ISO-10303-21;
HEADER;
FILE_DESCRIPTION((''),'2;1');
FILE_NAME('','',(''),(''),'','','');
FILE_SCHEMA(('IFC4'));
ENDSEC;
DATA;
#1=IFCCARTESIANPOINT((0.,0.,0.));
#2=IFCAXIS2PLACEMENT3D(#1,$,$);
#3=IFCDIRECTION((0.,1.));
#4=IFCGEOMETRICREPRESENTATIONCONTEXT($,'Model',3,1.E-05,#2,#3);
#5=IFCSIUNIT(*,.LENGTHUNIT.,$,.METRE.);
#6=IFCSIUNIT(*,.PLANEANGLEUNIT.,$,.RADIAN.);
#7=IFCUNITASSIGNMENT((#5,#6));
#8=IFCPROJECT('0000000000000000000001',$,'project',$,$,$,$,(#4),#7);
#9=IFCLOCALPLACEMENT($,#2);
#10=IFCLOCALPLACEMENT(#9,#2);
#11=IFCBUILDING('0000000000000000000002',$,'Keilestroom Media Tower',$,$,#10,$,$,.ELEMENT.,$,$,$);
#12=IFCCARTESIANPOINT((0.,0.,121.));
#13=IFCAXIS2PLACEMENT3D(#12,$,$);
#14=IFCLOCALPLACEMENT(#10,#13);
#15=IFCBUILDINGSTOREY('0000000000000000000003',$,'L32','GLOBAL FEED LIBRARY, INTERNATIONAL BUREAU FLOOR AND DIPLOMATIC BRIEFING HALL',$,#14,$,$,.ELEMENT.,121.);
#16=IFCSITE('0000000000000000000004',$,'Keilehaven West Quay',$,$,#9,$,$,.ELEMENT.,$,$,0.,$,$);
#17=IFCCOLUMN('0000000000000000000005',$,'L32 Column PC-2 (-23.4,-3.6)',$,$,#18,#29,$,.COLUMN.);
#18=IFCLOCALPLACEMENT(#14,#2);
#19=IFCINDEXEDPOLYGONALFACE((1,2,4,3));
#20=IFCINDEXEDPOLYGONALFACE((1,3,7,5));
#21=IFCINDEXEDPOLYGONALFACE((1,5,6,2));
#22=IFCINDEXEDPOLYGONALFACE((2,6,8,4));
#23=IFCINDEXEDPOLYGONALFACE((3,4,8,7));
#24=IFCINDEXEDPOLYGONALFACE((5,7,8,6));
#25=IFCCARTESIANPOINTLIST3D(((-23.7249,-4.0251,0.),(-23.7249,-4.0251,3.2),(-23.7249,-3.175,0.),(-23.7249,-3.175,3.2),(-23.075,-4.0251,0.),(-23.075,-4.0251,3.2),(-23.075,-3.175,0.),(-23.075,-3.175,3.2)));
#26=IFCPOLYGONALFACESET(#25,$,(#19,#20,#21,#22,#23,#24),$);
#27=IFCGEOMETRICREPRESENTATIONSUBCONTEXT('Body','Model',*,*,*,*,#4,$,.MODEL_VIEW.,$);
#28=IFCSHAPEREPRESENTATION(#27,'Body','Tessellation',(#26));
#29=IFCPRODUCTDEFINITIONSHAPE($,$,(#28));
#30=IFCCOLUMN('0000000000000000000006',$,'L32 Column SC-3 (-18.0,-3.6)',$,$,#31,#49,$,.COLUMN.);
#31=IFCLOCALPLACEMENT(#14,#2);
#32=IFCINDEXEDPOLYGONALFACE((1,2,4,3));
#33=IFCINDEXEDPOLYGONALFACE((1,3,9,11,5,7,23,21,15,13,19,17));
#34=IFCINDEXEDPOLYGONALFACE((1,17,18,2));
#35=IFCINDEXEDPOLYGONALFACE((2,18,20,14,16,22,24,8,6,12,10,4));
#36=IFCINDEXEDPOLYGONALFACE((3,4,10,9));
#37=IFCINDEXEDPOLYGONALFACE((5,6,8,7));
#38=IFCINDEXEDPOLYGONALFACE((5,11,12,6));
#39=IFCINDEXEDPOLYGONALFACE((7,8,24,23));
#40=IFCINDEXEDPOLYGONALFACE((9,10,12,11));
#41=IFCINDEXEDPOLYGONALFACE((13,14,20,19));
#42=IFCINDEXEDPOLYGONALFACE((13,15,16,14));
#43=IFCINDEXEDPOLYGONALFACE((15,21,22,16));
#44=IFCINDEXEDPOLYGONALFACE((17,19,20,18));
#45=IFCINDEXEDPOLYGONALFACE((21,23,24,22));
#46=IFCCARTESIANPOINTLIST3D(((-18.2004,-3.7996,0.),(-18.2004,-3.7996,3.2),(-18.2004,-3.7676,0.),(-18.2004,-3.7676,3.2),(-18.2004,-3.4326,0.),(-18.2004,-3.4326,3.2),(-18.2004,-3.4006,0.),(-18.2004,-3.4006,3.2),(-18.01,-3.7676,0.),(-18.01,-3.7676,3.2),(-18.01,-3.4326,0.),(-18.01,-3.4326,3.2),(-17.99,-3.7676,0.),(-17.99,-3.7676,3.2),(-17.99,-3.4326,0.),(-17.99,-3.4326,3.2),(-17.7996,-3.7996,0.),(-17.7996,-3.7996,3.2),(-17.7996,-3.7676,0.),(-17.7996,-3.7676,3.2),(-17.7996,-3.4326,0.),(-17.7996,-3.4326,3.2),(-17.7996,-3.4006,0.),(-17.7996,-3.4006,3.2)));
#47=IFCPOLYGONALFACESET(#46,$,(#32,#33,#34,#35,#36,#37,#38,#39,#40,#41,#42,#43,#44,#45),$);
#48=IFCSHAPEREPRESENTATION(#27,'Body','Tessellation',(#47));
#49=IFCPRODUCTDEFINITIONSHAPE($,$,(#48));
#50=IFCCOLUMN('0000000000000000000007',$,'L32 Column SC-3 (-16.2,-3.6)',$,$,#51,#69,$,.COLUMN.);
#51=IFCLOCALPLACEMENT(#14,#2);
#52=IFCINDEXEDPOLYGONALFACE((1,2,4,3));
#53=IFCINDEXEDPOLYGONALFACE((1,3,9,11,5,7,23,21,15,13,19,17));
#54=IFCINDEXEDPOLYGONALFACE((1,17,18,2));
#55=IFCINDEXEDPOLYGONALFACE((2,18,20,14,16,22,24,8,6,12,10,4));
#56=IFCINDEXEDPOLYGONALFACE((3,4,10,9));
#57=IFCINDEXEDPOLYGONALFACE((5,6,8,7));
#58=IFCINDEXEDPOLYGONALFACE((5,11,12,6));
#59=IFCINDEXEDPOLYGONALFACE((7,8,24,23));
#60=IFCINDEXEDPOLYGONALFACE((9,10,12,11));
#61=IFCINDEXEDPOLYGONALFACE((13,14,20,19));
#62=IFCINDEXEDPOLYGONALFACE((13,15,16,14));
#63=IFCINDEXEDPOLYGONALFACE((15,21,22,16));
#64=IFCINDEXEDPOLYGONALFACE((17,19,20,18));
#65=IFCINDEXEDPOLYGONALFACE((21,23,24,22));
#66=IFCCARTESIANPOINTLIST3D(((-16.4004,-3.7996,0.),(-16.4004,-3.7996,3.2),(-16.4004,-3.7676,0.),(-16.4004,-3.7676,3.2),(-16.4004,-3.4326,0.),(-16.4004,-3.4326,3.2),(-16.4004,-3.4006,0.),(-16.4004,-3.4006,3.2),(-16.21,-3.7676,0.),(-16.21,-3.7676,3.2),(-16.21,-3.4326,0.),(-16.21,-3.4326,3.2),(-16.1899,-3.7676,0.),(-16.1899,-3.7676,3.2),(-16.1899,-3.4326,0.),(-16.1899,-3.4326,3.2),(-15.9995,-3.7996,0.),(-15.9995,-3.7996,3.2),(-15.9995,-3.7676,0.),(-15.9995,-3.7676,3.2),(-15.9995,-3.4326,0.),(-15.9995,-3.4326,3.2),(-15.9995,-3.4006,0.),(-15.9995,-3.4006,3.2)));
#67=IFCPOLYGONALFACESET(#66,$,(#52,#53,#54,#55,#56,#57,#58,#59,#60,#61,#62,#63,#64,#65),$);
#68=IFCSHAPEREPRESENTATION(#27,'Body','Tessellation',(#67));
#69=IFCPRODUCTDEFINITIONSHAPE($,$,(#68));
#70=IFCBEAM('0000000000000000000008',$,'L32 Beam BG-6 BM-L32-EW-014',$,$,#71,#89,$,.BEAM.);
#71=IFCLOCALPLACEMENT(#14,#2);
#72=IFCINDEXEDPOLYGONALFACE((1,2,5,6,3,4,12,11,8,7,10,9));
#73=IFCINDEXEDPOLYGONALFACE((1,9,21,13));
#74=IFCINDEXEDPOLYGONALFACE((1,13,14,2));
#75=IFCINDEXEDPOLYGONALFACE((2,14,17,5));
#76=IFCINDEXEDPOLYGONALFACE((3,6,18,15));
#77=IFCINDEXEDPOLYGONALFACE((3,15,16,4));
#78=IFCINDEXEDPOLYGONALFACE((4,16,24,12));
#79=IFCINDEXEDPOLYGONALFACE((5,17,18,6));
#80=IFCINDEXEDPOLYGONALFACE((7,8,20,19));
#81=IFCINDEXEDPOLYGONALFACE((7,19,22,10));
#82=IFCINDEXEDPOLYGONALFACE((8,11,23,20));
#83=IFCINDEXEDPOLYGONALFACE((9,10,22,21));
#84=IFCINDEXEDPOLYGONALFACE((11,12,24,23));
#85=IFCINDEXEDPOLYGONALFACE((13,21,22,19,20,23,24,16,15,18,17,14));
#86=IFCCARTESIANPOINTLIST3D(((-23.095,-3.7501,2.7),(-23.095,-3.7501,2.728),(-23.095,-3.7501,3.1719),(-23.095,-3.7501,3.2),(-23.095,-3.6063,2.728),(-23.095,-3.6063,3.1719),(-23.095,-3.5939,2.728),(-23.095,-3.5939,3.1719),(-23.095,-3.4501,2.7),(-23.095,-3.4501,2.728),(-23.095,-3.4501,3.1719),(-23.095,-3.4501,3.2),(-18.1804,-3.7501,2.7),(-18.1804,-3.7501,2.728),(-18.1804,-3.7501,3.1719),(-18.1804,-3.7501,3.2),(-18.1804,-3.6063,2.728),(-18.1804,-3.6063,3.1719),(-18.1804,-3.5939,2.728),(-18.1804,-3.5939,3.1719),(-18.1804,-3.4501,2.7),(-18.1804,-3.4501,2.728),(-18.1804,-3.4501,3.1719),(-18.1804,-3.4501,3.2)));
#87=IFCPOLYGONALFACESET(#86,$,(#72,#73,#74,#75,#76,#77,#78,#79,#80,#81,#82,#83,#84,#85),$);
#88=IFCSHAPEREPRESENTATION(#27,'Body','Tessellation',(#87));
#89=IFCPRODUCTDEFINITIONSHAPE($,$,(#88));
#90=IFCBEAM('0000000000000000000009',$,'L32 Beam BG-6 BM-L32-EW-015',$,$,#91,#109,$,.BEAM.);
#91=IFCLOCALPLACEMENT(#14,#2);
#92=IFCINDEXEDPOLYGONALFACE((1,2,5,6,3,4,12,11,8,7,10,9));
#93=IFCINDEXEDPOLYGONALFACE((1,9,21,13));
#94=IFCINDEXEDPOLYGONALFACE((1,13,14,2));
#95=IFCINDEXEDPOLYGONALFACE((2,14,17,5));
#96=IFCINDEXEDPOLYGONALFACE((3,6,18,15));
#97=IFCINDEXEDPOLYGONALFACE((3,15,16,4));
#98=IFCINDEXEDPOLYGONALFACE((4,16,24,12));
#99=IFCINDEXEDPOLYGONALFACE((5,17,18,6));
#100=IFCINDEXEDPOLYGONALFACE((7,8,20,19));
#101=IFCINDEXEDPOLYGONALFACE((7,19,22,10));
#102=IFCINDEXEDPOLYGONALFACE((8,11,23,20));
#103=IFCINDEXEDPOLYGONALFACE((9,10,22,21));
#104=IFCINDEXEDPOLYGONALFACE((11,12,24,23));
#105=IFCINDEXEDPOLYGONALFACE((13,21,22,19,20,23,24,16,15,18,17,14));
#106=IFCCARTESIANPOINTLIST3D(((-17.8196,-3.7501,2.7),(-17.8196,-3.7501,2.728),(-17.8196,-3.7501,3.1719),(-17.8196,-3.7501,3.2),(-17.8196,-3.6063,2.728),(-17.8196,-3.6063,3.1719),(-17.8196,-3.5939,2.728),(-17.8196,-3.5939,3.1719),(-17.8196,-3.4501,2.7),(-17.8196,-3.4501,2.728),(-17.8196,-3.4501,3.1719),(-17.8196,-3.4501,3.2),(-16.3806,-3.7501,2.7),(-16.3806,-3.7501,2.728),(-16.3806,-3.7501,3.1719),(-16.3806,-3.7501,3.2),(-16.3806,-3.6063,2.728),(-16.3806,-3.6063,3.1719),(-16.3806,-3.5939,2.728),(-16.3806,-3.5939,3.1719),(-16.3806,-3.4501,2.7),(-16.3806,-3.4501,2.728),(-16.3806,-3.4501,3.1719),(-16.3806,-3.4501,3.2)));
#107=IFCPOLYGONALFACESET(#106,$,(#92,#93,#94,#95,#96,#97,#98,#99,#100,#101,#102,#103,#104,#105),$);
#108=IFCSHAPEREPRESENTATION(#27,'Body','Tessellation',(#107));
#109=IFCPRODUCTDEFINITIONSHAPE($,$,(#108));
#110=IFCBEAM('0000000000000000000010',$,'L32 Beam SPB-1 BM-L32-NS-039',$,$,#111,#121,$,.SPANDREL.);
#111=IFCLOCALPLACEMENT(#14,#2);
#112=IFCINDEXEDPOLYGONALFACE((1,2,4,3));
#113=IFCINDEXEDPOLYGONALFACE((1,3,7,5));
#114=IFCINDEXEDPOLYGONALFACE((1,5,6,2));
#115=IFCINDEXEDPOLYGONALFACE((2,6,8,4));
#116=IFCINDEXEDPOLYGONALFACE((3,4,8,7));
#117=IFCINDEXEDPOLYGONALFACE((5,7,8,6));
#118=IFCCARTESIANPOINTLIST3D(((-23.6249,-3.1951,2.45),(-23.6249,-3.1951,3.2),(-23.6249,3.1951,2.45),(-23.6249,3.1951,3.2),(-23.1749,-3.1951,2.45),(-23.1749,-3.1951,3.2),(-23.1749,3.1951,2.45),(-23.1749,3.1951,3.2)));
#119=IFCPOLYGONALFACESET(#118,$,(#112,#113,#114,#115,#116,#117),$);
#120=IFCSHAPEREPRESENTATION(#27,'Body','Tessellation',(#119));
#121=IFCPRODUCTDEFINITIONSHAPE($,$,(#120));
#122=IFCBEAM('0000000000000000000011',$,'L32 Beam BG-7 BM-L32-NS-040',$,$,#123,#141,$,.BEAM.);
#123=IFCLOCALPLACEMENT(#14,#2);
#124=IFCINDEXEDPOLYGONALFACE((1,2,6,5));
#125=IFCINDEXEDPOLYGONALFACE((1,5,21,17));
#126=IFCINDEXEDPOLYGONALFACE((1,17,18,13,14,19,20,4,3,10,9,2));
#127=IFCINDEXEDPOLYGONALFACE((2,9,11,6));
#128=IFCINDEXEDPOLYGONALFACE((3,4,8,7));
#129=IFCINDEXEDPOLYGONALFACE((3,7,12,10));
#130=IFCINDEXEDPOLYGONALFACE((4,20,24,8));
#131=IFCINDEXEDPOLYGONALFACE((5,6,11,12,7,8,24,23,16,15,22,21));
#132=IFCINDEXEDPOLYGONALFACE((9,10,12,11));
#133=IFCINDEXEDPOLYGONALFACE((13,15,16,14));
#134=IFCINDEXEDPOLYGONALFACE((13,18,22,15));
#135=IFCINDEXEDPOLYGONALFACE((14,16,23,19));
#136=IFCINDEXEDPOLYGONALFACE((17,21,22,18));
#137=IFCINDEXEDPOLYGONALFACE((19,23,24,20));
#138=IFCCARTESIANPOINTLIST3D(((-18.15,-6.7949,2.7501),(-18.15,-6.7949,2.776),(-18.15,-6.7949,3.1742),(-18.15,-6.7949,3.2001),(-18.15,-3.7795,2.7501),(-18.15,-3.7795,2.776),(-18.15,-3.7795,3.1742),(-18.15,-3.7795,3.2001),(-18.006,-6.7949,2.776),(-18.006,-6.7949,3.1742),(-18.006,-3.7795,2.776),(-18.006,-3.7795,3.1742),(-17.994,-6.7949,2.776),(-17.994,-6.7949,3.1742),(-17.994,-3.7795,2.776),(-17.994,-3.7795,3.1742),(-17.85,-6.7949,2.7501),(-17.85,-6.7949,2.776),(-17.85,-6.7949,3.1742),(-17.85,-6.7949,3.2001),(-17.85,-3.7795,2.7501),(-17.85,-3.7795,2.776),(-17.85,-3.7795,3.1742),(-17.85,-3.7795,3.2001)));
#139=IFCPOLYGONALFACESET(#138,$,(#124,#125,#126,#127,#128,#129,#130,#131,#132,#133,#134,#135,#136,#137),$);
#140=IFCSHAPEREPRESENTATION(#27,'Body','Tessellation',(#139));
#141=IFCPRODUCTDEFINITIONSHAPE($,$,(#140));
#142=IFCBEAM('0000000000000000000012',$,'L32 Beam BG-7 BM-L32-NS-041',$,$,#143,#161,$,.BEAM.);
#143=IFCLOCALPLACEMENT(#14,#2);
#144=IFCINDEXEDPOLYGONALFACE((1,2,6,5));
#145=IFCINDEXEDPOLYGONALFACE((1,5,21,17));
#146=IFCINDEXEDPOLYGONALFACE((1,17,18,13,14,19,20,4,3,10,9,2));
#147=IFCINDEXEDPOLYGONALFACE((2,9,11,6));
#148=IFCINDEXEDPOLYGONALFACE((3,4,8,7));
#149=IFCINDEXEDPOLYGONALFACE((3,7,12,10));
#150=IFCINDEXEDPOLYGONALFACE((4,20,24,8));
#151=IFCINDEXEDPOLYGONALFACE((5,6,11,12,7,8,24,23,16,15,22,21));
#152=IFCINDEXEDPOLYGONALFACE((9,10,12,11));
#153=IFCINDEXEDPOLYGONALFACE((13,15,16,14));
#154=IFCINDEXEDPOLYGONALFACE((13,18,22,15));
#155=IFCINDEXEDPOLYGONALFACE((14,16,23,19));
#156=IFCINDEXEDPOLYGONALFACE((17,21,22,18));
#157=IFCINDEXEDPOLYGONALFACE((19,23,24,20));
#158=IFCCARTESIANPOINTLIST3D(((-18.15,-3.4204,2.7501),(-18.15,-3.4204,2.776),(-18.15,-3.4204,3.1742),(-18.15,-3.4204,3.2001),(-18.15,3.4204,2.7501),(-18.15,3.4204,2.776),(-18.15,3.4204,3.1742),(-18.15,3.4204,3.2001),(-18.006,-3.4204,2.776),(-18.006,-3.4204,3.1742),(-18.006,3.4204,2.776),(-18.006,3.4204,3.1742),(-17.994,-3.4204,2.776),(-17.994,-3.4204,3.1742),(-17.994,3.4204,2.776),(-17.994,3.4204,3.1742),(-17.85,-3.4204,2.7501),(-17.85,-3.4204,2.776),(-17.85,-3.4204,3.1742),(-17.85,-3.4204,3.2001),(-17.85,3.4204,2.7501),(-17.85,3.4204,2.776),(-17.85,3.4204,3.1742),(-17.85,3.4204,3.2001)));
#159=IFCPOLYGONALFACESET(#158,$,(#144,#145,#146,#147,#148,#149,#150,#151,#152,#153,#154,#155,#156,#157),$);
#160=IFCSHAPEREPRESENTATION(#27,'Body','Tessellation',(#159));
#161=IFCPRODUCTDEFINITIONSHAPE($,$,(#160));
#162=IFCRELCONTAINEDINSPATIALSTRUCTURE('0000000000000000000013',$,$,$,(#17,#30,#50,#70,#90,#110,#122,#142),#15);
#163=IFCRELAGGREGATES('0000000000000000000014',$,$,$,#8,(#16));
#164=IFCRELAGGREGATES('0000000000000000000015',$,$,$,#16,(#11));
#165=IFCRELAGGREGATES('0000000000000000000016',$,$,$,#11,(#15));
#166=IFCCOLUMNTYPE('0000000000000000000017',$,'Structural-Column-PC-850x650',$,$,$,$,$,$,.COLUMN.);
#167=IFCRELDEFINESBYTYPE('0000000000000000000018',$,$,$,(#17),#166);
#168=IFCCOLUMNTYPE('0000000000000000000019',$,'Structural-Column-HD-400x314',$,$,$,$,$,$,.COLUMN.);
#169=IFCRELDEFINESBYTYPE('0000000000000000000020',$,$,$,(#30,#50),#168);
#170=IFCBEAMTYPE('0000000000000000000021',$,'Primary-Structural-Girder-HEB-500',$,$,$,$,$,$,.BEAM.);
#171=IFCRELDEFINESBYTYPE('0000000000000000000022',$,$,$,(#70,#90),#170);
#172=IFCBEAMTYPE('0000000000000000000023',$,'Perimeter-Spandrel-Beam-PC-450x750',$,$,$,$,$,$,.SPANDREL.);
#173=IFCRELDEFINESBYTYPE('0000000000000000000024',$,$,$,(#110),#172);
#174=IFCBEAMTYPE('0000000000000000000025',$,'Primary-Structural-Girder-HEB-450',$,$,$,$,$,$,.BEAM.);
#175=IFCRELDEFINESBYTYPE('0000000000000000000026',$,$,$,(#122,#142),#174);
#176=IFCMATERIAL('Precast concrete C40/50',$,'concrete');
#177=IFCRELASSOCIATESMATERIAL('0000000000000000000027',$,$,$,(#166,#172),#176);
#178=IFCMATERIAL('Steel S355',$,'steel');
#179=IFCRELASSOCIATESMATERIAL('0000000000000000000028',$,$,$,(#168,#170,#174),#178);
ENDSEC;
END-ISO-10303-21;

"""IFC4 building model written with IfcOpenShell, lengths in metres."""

from ifc_helpers import new_model, si_unit, direction, frame, origin, origin_2d, place, context, subcontext, project, spatial, rectangle, i_section, extrude, source, transform, mapped, material, material_profile, profile_set, type_object, element, save


model = new_model("IFC4")

# Units and contexts
model_context = context("Model", 3, precision=1e-05, world=origin(), true_north=direction((0.0, 1.0)))
body_context = subcontext(model_context, "Body", "Model", "MODEL_VIEW")
ifc_project = project(units=[si_unit("LENGTHUNIT", "METRE"), si_unit("PLANEANGLEUNIT", "RADIAN")], contexts=[model_context])

# Site, building, storey
site_placement = place(None, origin())
site = spatial("IfcSite", under=ifc_project, at=site_placement, Name="Keilehaven West Quay", CompositionType="ELEMENT", RefElevation=0.0)
building_placement = place(site_placement, origin())
building = spatial("IfcBuilding", under=site, at=building_placement, Name="Keilestroom Media Tower", CompositionType="ELEMENT")
storey_placement = place(building_placement, frame((0.0, 0.0, 121.0)))
storey = spatial("IfcBuildingStorey", under=building, at=storey_placement, Name="L32", Description="GLOBAL FEED LIBRARY, INTERNATIONAL BUREAU FLOOR AND DIPLOMATIC BRIEFING HALL", CompositionType="ELEMENT", Elevation=121.0)

# Columns
ifc_material_1 = material(Name="Precast concrete C40/50", Category="concrete")
ifc_material_profile_1 = material_profile(ifc_material_1, rectangle(XDim=0.6499, YDim=0.8501, at=origin_2d()), Name="PC 850x650")
ifc_profile_set_1 = profile_set([ifc_material_profile_1], Name="Precast concrete C40/50")
column_type_1 = type_object("IfcColumnType", Name="Structural-Column-PC-850x650", PredefinedType="COLUMN", material=ifc_profile_set_1)
shared_shape_1 = source(origin(), body_context, "Body", "SweptSolid", [
    extrude(rectangle(XDim=0.6499, YDim=0.8501, at=origin_2d()), origin(), (0.0, 0.0, 1.0), 3.2),
])
column_placement = place(storey_placement, frame((-23.3999, -3.6001, 0.0), z_axis=(0.0, 0.0, 1.0), x_axis=(1.0, 0.0, 0.0)))
element("IfcColumn", 1, at=column_placement, inside=storey, type_object=column_type_1, Name="L32 Column PC-2 (-23.4,-3.6)", PredefinedType="COLUMN", context=body_context, shape_type="MappedRepresentation", body=[
    mapped(shared_shape_1, transform((0.0, 0.0, 0.0), x_axis=(1.0, 0.0, 0.0), y_axis=(0.0, 1.0, 0.0), z_axis=(0.0, 0.0, 1.0), scale=1.0)),
])
ifc_material_2 = material(Name="Steel S355", Category="steel")
ifc_material_profile_2 = material_profile(ifc_material_2, i_section(OverallWidth=0.4009, OverallDepth=0.3989, WebThickness=0.02, FlangeThickness=0.032, at=origin_2d()), Name="HD 400x314")
ifc_profile_set_2 = profile_set([ifc_material_profile_2], Name="Steel S355")
column_type_2 = type_object("IfcColumnType", Name="Structural-Column-HD-400x314", PredefinedType="COLUMN", material=ifc_profile_set_2)
shared_shape_2 = source(origin(), body_context, "Body", "SweptSolid", [
    extrude(i_section(OverallWidth=0.4009, OverallDepth=0.3989, WebThickness=0.02, FlangeThickness=0.032, at=origin_2d()), origin(), (0.0, 0.0, 1.0), 3.2),
])
for number, where, z_axis, x_axis, name in (
    (2, (-18.0, -3.6001, 0.0), (0.0, 0.0, 1.0), (1.0, 0.0, 0.0), "L32 Column SC-3 (-18.0,-3.6)"),
    (3, (-16.2, -3.6001, 0.0), (0.0, 0.0, 1.0), (1.0, 0.0, 0.0), "L32 Column SC-3 (-16.2,-3.6)"),
):
    element("IfcColumn", number, at=place(storey_placement, frame(where, z_axis=z_axis, x_axis=x_axis)), inside=storey, type_object=column_type_2, Name=name, PredefinedType="COLUMN", context=body_context, shape_type="MappedRepresentation", body=[
        mapped(shared_shape_2, transform((0.0, 0.0, 0.0), x_axis=(1.0, 0.0, 0.0), y_axis=(0.0, 1.0, 0.0), z_axis=(0.0, 0.0, 1.0), scale=1.0)),
    ])

# Beams
ifc_material_profile_3 = material_profile(ifc_material_2, i_section(OverallWidth=0.3, OverallDepth=0.5, WebThickness=0.0125, FlangeThickness=0.0281, at=origin_2d()), Name="HEB 500")
ifc_profile_set_3 = profile_set([ifc_material_profile_3], Name="Steel S355")
beam_type_1 = type_object("IfcBeamType", Name="Primary-Structural-Girder-HEB-500", PredefinedType="BEAM", material=ifc_profile_set_3)
shared_shape_3 = source(origin(), body_context, "Body", "SweptSolid", [
    extrude(i_section(OverallWidth=0.3, OverallDepth=0.5, WebThickness=0.0125, FlangeThickness=0.0281, at=origin_2d()), origin(), (0.0, 0.0, 1.0), 4.9146),
])
beam_1_placement = place(storey_placement, frame((-23.095, -3.6001, 2.95), z_axis=(1.0, 0.0, 0.0), x_axis=(0.0, 1.0, 0.0)))
element("IfcBeam", 4, at=beam_1_placement, inside=storey, type_object=beam_type_1, Name="L32 Beam BG-6 BM-L32-EW-014", PredefinedType="BEAM", context=body_context, shape_type="MappedRepresentation", body=[
    mapped(shared_shape_3, transform((0.0, 0.0, 0.0), x_axis=(1.0, 0.0, 0.0), y_axis=(0.0, 1.0, 0.0), z_axis=(0.0, 0.0, 1.0), scale=1.0)),
])
shared_shape_4 = source(origin(), body_context, "Body", "SweptSolid", [
    extrude(i_section(OverallWidth=0.3, OverallDepth=0.5, WebThickness=0.0125, FlangeThickness=0.0281, at=origin_2d()), origin(), (0.0, 0.0, 1.0), 1.439),
])
beam_2_placement = place(storey_placement, frame((-17.8196, -3.6001, 2.95), z_axis=(1.0, 0.0, 0.0), x_axis=(0.0, 1.0, 0.0)))
element("IfcBeam", 5, at=beam_2_placement, inside=storey, type_object=beam_type_1, Name="L32 Beam BG-6 BM-L32-EW-015", PredefinedType="BEAM", context=body_context, shape_type="MappedRepresentation", body=[
    mapped(shared_shape_4, transform((0.0, 0.0, 0.0), x_axis=(1.0, 0.0, 0.0), y_axis=(0.0, 1.0, 0.0), z_axis=(0.0, 0.0, 1.0), scale=1.0)),
])
ifc_material_profile_4 = material_profile(ifc_material_1, rectangle(XDim=0.45, YDim=0.75, at=origin_2d()), Name="PC 450x750")
ifc_profile_set_4 = profile_set([ifc_material_profile_4], Name="Precast concrete C40/50")
beam_type_2 = type_object("IfcBeamType", Name="Perimeter-Spandrel-Beam-PC-450x750", PredefinedType="SPANDREL", material=ifc_profile_set_4)
shared_shape_5 = source(origin(), body_context, "Body", "SweptSolid", [
    extrude(rectangle(XDim=0.45, YDim=0.75, at=origin_2d()), origin(), (0.0, 0.0, 1.0), 6.3901),
])
beam_3_placement = place(storey_placement, frame((-23.3999, -3.1951, 2.825), z_axis=(0.0, 1.0, 0.0), x_axis=(-1.0, 0.0, 0.0)))
element("IfcBeam", 6, at=beam_3_placement, inside=storey, type_object=beam_type_2, Name="L32 Beam SPB-1 BM-L32-NS-039", PredefinedType="SPANDREL", context=body_context, shape_type="MappedRepresentation", body=[
    mapped(shared_shape_5, transform((0.0, 0.0, 0.0), x_axis=(1.0, 0.0, 0.0), y_axis=(0.0, 1.0, 0.0), z_axis=(0.0, 0.0, 1.0), scale=1.0)),
])
ifc_material_profile_5 = material_profile(ifc_material_2, i_section(OverallWidth=0.3, OverallDepth=0.45, WebThickness=0.012, FlangeThickness=0.0259, at=origin_2d()), Name="HEB 450")
ifc_profile_set_5 = profile_set([ifc_material_profile_5], Name="Steel S355")
beam_type_3 = type_object("IfcBeamType", Name="Primary-Structural-Girder-HEB-450", PredefinedType="BEAM", material=ifc_profile_set_5)
shared_shape_6 = source(origin(), body_context, "Body", "SweptSolid", [
    extrude(i_section(OverallWidth=0.3, OverallDepth=0.45, WebThickness=0.012, FlangeThickness=0.0259, at=origin_2d()), origin(), (0.0, 0.0, 1.0), 3.0154),
])
beam_4_placement = place(storey_placement, frame((-18.0, -6.7949, 2.9751), z_axis=(0.0, 1.0, 0.0), x_axis=(-1.0, 0.0, 0.0)))
element("IfcBeam", 7, at=beam_4_placement, inside=storey, type_object=beam_type_3, Name="L32 Beam BG-7 BM-L32-NS-040", PredefinedType="BEAM", context=body_context, shape_type="MappedRepresentation", body=[
    mapped(shared_shape_6, transform((0.0, 0.0, 0.0), x_axis=(1.0, 0.0, 0.0), y_axis=(0.0, 1.0, 0.0), z_axis=(0.0, 0.0, 1.0), scale=1.0)),
])
shared_shape_7 = source(origin(), body_context, "Body", "SweptSolid", [
    extrude(i_section(OverallWidth=0.3, OverallDepth=0.45, WebThickness=0.012, FlangeThickness=0.0259, at=origin_2d()), origin(), (0.0, 0.0, 1.0), 6.8408),
])
beam_5_placement = place(storey_placement, frame((-18.0, -3.4204, 2.9751), z_axis=(0.0, 1.0, 0.0), x_axis=(-1.0, 0.0, 0.0)))
element("IfcBeam", 8, at=beam_5_placement, inside=storey, type_object=beam_type_3, Name="L32 Beam BG-7 BM-L32-NS-041", PredefinedType="BEAM", context=body_context, shape_type="MappedRepresentation", body=[
    mapped(shared_shape_7, transform((0.0, 0.0, 0.0), x_axis=(1.0, 0.0, 0.0), y_axis=(0.0, 1.0, 0.0), z_axis=(0.0, 0.0, 1.0), scale=1.0)),
])

save(model, "model.ifc")
